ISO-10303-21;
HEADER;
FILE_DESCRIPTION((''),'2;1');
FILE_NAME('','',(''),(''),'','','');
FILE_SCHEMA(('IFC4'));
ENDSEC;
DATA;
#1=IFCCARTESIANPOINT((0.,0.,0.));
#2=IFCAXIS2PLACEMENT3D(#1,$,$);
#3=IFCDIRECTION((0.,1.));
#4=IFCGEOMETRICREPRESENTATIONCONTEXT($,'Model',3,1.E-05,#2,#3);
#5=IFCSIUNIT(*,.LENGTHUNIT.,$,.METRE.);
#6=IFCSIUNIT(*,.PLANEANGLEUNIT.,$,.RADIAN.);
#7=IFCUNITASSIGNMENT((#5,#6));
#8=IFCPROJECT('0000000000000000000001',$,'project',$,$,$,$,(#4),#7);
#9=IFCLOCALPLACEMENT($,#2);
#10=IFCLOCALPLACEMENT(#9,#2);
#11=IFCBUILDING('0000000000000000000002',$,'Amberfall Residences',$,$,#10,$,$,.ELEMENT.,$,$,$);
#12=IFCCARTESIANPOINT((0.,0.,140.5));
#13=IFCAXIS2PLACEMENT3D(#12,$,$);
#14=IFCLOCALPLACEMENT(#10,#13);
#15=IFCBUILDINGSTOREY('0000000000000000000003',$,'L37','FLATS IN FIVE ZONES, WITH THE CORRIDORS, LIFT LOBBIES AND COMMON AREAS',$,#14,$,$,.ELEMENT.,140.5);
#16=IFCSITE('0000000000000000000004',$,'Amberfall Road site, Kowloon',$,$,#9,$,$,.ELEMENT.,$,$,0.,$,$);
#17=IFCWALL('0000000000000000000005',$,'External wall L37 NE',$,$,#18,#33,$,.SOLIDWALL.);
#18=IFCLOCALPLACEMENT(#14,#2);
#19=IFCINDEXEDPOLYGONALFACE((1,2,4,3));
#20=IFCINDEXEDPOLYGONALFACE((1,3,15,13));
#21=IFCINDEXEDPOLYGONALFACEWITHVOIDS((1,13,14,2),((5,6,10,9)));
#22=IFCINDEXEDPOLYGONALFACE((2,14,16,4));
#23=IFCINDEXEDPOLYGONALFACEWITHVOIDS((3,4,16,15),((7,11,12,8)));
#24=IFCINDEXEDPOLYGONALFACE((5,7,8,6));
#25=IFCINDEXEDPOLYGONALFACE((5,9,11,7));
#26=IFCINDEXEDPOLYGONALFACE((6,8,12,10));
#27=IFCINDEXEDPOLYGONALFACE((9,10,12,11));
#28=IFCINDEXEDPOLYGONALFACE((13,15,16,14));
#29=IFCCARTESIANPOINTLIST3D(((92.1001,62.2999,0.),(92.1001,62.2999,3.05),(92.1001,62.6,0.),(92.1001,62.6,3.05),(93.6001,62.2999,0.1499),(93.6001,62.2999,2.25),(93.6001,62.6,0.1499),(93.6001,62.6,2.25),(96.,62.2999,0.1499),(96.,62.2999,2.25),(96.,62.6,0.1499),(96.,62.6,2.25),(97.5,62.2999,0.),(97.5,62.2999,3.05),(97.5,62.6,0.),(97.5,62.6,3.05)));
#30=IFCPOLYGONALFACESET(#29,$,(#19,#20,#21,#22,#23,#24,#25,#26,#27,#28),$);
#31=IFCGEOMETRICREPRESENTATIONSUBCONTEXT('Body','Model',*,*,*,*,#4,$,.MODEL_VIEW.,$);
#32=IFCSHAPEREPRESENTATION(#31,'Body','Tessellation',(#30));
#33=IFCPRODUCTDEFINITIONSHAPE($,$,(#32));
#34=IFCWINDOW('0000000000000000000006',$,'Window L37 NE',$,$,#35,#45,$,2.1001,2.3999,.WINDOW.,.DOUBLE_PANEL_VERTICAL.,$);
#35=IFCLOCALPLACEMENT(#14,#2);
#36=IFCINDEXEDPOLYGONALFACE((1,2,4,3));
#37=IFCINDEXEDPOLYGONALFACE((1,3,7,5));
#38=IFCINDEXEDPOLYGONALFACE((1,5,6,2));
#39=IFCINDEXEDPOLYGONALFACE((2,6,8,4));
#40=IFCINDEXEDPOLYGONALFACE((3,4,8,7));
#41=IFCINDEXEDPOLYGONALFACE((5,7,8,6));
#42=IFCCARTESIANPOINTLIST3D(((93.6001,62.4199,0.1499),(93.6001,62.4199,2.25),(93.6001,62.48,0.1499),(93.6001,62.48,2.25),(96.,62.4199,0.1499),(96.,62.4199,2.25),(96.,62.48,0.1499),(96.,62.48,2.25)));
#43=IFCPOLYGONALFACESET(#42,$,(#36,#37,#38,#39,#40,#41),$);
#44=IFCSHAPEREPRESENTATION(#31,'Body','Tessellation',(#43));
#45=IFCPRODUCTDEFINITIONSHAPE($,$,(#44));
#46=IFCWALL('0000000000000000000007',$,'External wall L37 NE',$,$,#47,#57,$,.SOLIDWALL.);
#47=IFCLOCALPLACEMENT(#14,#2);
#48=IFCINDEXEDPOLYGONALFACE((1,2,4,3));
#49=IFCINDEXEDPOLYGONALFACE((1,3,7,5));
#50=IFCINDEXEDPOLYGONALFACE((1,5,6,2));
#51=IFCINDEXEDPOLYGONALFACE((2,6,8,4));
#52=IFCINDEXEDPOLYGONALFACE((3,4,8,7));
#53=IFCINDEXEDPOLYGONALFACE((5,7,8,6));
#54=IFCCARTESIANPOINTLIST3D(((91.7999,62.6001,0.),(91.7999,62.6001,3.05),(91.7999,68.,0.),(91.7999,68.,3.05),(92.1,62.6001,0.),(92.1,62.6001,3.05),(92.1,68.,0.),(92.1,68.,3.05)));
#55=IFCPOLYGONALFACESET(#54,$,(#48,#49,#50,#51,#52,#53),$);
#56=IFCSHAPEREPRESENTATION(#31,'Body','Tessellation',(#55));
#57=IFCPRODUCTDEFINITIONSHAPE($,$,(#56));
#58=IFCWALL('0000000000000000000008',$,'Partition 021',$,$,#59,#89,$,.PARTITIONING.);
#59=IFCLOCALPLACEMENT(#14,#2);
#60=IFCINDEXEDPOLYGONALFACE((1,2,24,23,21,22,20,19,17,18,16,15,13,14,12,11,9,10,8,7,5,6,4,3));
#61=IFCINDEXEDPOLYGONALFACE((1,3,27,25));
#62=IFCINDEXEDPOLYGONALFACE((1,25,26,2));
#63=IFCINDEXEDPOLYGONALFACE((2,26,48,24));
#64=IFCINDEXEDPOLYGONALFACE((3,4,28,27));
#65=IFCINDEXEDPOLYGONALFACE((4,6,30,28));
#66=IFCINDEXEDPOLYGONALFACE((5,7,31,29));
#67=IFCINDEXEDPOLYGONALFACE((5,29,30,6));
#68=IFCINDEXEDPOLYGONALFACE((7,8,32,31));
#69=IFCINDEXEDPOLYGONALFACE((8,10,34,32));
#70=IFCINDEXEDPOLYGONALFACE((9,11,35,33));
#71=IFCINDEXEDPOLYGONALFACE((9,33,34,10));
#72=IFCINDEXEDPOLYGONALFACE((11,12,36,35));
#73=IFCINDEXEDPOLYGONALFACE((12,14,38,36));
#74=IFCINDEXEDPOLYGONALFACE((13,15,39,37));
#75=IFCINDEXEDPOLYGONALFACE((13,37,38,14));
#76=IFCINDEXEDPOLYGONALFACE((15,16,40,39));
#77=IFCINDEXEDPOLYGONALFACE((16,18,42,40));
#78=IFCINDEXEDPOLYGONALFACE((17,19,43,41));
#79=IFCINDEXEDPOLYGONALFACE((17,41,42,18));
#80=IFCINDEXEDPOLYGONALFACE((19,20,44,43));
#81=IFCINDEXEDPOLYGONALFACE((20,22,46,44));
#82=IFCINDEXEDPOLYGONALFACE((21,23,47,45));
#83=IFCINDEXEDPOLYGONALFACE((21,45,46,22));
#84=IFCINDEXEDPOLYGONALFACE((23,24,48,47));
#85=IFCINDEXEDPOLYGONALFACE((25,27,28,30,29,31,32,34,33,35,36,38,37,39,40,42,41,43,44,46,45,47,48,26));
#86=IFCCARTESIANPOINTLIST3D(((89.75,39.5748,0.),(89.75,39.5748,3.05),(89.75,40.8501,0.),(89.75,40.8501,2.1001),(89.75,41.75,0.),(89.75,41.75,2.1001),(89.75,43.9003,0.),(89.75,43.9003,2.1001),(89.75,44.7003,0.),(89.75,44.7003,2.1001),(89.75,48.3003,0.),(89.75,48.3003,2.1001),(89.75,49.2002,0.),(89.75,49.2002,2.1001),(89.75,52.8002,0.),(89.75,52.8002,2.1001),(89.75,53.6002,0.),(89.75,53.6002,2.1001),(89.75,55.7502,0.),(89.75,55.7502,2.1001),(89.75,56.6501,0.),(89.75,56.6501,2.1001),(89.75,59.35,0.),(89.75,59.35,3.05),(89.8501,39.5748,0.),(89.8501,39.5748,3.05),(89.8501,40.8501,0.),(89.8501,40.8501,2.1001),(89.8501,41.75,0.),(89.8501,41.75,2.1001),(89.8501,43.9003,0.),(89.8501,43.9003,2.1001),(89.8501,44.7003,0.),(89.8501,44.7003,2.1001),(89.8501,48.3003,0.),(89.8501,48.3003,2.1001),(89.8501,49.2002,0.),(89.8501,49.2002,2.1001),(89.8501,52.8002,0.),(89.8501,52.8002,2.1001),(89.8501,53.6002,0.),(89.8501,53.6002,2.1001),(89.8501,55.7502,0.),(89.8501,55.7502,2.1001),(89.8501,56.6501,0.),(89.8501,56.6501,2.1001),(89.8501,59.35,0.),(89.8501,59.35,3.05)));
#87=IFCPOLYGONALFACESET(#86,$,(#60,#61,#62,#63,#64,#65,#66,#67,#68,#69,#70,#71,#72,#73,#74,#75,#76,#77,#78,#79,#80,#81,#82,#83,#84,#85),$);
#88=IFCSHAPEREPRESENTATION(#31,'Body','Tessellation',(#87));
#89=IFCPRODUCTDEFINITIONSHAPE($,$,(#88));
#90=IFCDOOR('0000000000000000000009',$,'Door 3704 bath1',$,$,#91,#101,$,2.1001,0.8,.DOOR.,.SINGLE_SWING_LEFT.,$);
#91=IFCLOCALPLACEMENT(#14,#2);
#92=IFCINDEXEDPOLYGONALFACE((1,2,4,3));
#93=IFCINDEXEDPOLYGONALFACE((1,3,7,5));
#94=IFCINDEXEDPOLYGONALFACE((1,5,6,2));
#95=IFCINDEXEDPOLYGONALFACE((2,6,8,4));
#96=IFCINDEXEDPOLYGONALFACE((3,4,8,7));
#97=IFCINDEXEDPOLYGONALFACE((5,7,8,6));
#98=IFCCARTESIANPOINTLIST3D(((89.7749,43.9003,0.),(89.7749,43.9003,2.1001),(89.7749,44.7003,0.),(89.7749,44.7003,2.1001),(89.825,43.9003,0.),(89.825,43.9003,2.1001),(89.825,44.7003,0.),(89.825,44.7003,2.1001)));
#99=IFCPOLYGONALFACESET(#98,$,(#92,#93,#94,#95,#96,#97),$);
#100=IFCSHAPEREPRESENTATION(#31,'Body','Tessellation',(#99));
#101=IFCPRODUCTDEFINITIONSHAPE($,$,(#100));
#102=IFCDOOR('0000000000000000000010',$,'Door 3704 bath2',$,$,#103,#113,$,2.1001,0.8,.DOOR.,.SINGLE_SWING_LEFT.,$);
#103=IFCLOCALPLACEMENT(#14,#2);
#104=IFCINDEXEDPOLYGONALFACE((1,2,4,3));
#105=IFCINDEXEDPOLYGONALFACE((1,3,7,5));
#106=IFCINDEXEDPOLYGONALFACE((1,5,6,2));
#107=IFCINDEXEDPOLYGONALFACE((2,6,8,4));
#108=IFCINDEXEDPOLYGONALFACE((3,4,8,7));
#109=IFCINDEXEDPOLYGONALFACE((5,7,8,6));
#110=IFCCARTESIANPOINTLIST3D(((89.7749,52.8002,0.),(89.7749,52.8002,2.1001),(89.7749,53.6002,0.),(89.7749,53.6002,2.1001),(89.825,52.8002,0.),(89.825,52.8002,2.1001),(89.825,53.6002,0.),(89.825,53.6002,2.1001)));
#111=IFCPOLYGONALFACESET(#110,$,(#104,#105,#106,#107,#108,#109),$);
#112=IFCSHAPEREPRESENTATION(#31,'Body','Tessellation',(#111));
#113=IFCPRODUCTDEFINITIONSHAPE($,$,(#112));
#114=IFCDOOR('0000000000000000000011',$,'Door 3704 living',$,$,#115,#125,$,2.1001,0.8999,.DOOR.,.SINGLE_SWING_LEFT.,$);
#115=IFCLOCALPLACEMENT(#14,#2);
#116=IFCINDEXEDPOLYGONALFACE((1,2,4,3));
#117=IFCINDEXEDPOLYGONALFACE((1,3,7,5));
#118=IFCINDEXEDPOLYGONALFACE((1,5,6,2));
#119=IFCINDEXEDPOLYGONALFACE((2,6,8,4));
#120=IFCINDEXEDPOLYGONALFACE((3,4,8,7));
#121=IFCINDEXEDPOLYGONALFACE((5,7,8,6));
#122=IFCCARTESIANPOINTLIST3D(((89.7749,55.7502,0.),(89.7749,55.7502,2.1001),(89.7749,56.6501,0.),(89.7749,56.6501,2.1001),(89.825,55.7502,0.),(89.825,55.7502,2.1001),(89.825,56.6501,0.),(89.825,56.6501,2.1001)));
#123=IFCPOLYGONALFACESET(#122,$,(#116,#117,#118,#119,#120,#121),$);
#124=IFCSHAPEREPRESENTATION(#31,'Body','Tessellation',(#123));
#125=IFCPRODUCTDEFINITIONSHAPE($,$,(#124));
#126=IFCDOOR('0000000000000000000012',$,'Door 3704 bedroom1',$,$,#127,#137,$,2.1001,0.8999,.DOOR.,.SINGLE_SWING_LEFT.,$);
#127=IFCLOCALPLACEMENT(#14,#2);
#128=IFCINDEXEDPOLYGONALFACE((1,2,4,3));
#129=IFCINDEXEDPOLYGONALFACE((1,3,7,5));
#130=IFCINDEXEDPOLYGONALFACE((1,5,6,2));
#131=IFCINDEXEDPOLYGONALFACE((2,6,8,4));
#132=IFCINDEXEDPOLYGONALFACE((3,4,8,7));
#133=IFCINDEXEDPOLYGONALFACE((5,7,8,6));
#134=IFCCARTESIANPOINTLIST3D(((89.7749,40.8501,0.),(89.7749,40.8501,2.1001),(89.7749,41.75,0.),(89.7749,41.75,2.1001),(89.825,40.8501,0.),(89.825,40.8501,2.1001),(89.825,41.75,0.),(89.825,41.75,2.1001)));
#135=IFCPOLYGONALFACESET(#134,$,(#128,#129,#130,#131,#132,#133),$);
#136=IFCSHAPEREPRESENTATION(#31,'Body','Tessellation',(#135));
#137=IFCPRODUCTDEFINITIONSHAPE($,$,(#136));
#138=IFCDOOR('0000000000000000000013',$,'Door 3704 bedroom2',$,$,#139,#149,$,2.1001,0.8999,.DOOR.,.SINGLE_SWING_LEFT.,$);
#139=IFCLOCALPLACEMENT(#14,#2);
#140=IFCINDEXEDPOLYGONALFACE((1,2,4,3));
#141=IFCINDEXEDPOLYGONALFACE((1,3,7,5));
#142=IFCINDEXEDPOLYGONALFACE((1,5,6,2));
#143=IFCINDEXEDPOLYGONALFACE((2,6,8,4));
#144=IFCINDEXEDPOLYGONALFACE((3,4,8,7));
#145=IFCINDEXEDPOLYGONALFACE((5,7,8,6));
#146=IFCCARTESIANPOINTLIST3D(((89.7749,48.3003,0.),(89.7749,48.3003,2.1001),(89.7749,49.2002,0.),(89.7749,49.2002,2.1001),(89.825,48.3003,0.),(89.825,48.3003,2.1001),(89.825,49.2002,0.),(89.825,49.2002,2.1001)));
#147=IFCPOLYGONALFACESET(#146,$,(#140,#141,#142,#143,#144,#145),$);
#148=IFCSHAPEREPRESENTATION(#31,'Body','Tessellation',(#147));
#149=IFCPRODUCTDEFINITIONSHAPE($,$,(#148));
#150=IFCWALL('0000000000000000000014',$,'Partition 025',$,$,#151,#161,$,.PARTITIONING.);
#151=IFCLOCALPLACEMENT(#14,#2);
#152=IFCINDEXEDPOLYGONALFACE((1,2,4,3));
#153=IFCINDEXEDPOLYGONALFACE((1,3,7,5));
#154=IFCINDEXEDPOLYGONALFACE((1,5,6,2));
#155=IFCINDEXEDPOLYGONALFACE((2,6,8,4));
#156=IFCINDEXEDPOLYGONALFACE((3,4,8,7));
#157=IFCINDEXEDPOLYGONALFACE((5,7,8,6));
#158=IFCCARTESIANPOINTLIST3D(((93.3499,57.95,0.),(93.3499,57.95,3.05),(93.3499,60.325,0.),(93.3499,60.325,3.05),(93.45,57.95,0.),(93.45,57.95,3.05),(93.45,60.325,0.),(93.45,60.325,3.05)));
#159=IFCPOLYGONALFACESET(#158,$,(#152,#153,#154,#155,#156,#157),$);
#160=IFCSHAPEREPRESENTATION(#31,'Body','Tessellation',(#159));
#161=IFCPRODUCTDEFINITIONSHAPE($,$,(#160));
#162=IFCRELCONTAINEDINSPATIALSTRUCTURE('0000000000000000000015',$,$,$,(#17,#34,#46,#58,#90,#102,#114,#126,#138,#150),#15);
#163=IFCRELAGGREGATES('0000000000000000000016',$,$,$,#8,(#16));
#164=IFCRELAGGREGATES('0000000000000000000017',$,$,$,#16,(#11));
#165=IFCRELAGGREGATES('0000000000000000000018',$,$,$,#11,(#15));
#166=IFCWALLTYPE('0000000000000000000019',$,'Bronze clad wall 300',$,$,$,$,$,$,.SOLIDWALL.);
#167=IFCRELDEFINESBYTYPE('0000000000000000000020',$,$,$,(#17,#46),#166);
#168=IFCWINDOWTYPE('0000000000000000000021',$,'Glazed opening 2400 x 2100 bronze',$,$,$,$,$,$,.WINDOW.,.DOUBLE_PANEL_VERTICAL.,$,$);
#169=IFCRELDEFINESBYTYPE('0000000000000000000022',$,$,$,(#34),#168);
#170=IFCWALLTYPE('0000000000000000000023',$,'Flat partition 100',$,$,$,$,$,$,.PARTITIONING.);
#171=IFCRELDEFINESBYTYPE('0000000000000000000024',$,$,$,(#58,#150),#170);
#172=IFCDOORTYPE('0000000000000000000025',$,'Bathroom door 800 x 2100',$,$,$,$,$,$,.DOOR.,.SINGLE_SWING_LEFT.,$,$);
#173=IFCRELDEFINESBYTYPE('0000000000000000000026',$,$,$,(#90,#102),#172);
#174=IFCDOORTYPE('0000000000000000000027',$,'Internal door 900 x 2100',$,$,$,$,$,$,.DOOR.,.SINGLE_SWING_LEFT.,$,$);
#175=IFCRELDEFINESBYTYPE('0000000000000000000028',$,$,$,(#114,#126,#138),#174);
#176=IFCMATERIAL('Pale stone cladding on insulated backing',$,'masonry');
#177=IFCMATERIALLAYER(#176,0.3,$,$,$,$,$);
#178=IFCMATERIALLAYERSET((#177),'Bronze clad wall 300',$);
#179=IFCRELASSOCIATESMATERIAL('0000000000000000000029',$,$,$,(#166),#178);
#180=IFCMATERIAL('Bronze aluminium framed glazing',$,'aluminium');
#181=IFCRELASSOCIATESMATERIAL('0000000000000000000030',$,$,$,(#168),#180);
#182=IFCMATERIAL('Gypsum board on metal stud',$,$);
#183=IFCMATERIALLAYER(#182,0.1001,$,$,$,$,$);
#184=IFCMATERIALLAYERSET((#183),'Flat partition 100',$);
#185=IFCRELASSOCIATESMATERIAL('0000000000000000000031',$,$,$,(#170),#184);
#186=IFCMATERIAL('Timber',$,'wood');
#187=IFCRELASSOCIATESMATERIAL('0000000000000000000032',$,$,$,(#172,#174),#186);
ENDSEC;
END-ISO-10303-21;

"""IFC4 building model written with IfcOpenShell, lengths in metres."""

from ifc_helpers import new_model, si_unit, direction, frame, frame_2d, origin, place, context, subcontext, project, spatial, rectangle, extrude, material, layer, layer_set, type_object, element, fill, save


model = new_model("IFC4")

# Units and contexts
model_context = context("Model", 3, precision=1e-05, world=origin(), true_north=direction((0.0, 1.0)))
body_context = subcontext(model_context, "Body", "Model", "MODEL_VIEW")
ifc_project = project(units=[si_unit("LENGTHUNIT", "METRE"), si_unit("PLANEANGLEUNIT", "RADIAN")], contexts=[model_context])

# Site, building, storey
site_placement = place(None, origin())
site = spatial("IfcSite", under=ifc_project, at=site_placement, Name="Amberfall Road site, Kowloon", CompositionType="ELEMENT", RefElevation=0.0)
building_placement = place(site_placement, origin())
building = spatial("IfcBuilding", under=site, at=building_placement, Name="Amberfall Residences", CompositionType="ELEMENT")
storey_placement = place(building_placement, frame((0.0, 0.0, 140.5)))
storey = spatial("IfcBuildingStorey", under=building, at=storey_placement, Name="L37", Description="FLATS IN FIVE ZONES, WITH THE CORRIDORS, LIFT LOBBIES AND COMMON AREAS", CompositionType="ELEMENT", Elevation=140.5)

# Wall, opening, window
ifc_material_1 = material(Name="Pale stone cladding on insulated backing", Category="masonry")
ifc_layer_1 = layer(ifc_material_1, 0.3)
ifc_layer_set_1 = layer_set([ifc_layer_1], Name="Bronze clad wall 300")
wall_type_1 = type_object("IfcWallType", Name="Bronze clad wall 300", PredefinedType="SOLIDWALL", material=ifc_layer_set_1)
wall_1_placement = place(storey_placement, frame((97.5, 62.45, 0.0), z_axis=(0.0, 0.0, 1.0), x_axis=(-1.0, 0.0, 0.0)))
wall_1 = element("IfcWall", 1, at=wall_1_placement, inside=storey, type_object=wall_type_1, Name="External wall L37 NE", PredefinedType="SOLIDWALL", context=body_context, shape_type="SweptSolid", body=[
    extrude(rectangle(XDim=5.3999, YDim=0.3, at=frame_2d((2.7, 0.0))), origin(), (0.0, 0.0, 1.0), 3.05),
])
opening_1_placement = place(wall_1_placement, frame((1.5, 0.0, 0.1499)))
opening_1 = element("IfcOpeningElement", 2, at=opening_1_placement, cuts=wall_1, PredefinedType="OPENING", context=body_context, shape_type="SweptSolid", body=[
    extrude(rectangle(XDim=2.3999, YDim=2.1001, at=frame_2d((1.2, 1.05))), frame((0.0, 0.1599, 0.0), z_axis=(0.0, -1.0, 0.0), x_axis=(1.0, 0.0, 0.0)), (0.0, 0.0, 1.0), 0.3201),
])
ifc_material_2 = material(Name="Bronze aluminium framed glazing", Category="aluminium")
window_type = type_object("IfcWindowType", Name="Glazed opening 2400 x 2100 bronze", PartitioningType="DOUBLE_PANEL_VERTICAL", PredefinedType="WINDOW", material=ifc_material_2)
window_placement = place(opening_1_placement, origin())
window = element("IfcWindow", 3, at=window_placement, inside=storey, type_object=window_type, Name="Window L37 NE", OverallHeight=2.1001, OverallWidth=2.3999, PartitioningType="DOUBLE_PANEL_VERTICAL", PredefinedType="WINDOW", context=body_context, shape_type="SweptSolid", body=[
    extrude(rectangle(XDim=2.3999, YDim=2.1001, at=frame_2d((1.2, 1.05))), frame((0.0, 0.03, 0.0), z_axis=(0.0, -1.0, 0.0), x_axis=(1.0, 0.0, 0.0)), (0.0, 0.0, 1.0), 0.0601),
])
fill(opening_1, window)

# Wall
wall_2_placement = place(storey_placement, frame((91.95, 62.6001, 0.0), z_axis=(0.0, 0.0, 1.0), x_axis=(0.0, 1.0, 0.0)))
element("IfcWall", 4, at=wall_2_placement, inside=storey, type_object=wall_type_1, Name="External wall L37 NE", PredefinedType="SOLIDWALL", context=body_context, shape_type="SweptSolid", body=[
    extrude(rectangle(XDim=5.3999, YDim=0.3, at=frame_2d((2.7, 0.0))), origin(), (0.0, 0.0, 1.0), 3.05),
])

# Wall, openings, doors
ifc_material_3 = material(Name="Gypsum board on metal stud")
ifc_layer_2 = layer(ifc_material_3, 0.1001)
ifc_layer_set_2 = layer_set([ifc_layer_2], Name="Flat partition 100")
wall_type_2 = type_object("IfcWallType", Name="Flat partition 100", PredefinedType="PARTITIONING", material=ifc_layer_set_2)
wall_3_placement = place(storey_placement, frame((89.8, 59.3501, 0.0), z_axis=(0.0, 0.0, 1.0), x_axis=(0.0, -1.0, 0.0)))
wall_3 = element("IfcWall", 5, at=wall_3_placement, inside=storey, type_object=wall_type_2, Name="Partition 021", PredefinedType="PARTITIONING", context=body_context, shape_type="SweptSolid", body=[
    extrude(rectangle(XDim=19.7751, YDim=0.1001, at=frame_2d((9.8877, 0.0))), origin(), (0.0, 0.0, 1.0), 3.05),
])
opening_2_placement = place(wall_3_placement, frame((2.7, 0.0, 0.0)))
opening_2 = element("IfcOpeningElement", 6, at=opening_2_placement, cuts=wall_3, PredefinedType="OPENING", context=body_context, shape_type="SweptSolid", body=[
    extrude(rectangle(XDim=0.8999, YDim=2.1001, at=frame_2d((0.45, 1.05))), frame((0.0, 0.0601, 0.0), z_axis=(0.0, -1.0, 0.0), x_axis=(1.0, 0.0, 0.0)), (0.0, 0.0, 1.0), 0.1201),
])
opening_3_placement = place(wall_3_placement, frame((17.6001, 0.0, 0.0)))
opening_3 = element("IfcOpeningElement", 7, at=opening_3_placement, cuts=wall_3, PredefinedType="OPENING", context=body_context, shape_type="SweptSolid", body=[
    extrude(rectangle(XDim=0.8999, YDim=2.1001, at=frame_2d((0.45, 1.05))), frame((0.0, 0.0601, 0.0), z_axis=(0.0, -1.0, 0.0), x_axis=(1.0, 0.0, 0.0)), (0.0, 0.0, 1.0), 0.1201),
])
opening_4_placement = place(wall_3_placement, frame((10.1499, 0.0, 0.0)))
opening_4 = element("IfcOpeningElement", 8, at=opening_4_placement, cuts=wall_3, PredefinedType="OPENING", context=body_context, shape_type="SweptSolid", body=[
    extrude(rectangle(XDim=0.8999, YDim=2.1001, at=frame_2d((0.45, 1.05))), frame((0.0, 0.0601, 0.0), z_axis=(0.0, -1.0, 0.0), x_axis=(1.0, 0.0, 0.0)), (0.0, 0.0, 1.0), 0.1201),
])
opening_5_placement = place(wall_3_placement, frame((14.6499, 0.0, 0.0)))
opening_5 = element("IfcOpeningElement", 9, at=opening_5_placement, cuts=wall_3, PredefinedType="OPENING", context=body_context, shape_type="SweptSolid", body=[
    extrude(rectangle(XDim=0.8, YDim=2.1001, at=frame_2d((0.3999, 1.05))), frame((0.0, 0.0601, 0.0), z_axis=(0.0, -1.0, 0.0), x_axis=(1.0, 0.0, 0.0)), (0.0, 0.0, 1.0), 0.1201),
])
opening_6_placement = place(wall_3_placement, frame((5.75, 0.0, 0.0)))
opening_6 = element("IfcOpeningElement", 10, at=opening_6_placement, cuts=wall_3, PredefinedType="OPENING", context=body_context, shape_type="SweptSolid", body=[
    extrude(rectangle(XDim=0.8, YDim=2.1001, at=frame_2d((0.3999, 1.05))), frame((0.0, 0.0601, 0.0), z_axis=(0.0, -1.0, 0.0), x_axis=(1.0, 0.0, 0.0)), (0.0, 0.0, 1.0), 0.1201),
])
ifc_material_4 = material(Name="Timber", Category="wood")
door_type_1 = type_object("IfcDoorType", Name="Bathroom door 800 x 2100", OperationType="SINGLE_SWING_LEFT", PredefinedType="DOOR", material=ifc_material_4)
door_1_placement = place(opening_5_placement, origin())
door_1 = element("IfcDoor", 11, at=door_1_placement, inside=storey, type_object=door_type_1, Name="Door 3704 bath1", OperationType="SINGLE_SWING_LEFT", OverallHeight=2.1001, OverallWidth=0.8, PredefinedType="DOOR", context=body_context, shape_type="SweptSolid", body=[
    extrude(rectangle(XDim=0.8, YDim=2.1001, at=frame_2d((0.3999, 1.05))), frame((0.0, 0.0249, 0.0), z_axis=(0.0, -1.0, 0.0), x_axis=(1.0, 0.0, 0.0)), (0.0, 0.0, 1.0), 0.05),
])
fill(opening_5, door_1)
door_2_placement = place(opening_6_placement, origin())
door_2 = element("IfcDoor", 12, at=door_2_placement, inside=storey, type_object=door_type_1, Name="Door 3704 bath2", OperationType="SINGLE_SWING_LEFT", OverallHeight=2.1001, OverallWidth=0.8, PredefinedType="DOOR", context=body_context, shape_type="SweptSolid", body=[
    extrude(rectangle(XDim=0.8, YDim=2.1001, at=frame_2d((0.3999, 1.05))), frame((0.0, 0.0249, 0.0), z_axis=(0.0, -1.0, 0.0), x_axis=(1.0, 0.0, 0.0)), (0.0, 0.0, 1.0), 0.05),
])
fill(opening_6, door_2)
door_type_2 = type_object("IfcDoorType", Name="Internal door 900 x 2100", OperationType="SINGLE_SWING_LEFT", PredefinedType="DOOR", material=ifc_material_4)
door_3_placement = place(opening_2_placement, origin())
door_3 = element("IfcDoor", 13, at=door_3_placement, inside=storey, type_object=door_type_2, Name="Door 3704 living", OperationType="SINGLE_SWING_LEFT", OverallHeight=2.1001, OverallWidth=0.8999, PredefinedType="DOOR", context=body_context, shape_type="SweptSolid", body=[
    extrude(rectangle(XDim=0.8999, YDim=2.1001, at=frame_2d((0.45, 1.05))), frame((0.0, 0.0249, 0.0), z_axis=(0.0, -1.0, 0.0), x_axis=(1.0, 0.0, 0.0)), (0.0, 0.0, 1.0), 0.05),
])
fill(opening_2, door_3)
door_4_placement = place(opening_3_placement, origin())
door_4 = element("IfcDoor", 14, at=door_4_placement, inside=storey, type_object=door_type_2, Name="Door 3704 bedroom1", OperationType="SINGLE_SWING_LEFT", OverallHeight=2.1001, OverallWidth=0.8999, PredefinedType="DOOR", context=body_context, shape_type="SweptSolid", body=[
    extrude(rectangle(XDim=0.8999, YDim=2.1001, at=frame_2d((0.45, 1.05))), frame((0.0, 0.0249, 0.0), z_axis=(0.0, -1.0, 0.0), x_axis=(1.0, 0.0, 0.0)), (0.0, 0.0, 1.0), 0.05),
])
fill(opening_3, door_4)
door_5_placement = place(opening_4_placement, origin())
door_5 = element("IfcDoor", 15, at=door_5_placement, inside=storey, type_object=door_type_2, Name="Door 3704 bedroom2", OperationType="SINGLE_SWING_LEFT", OverallHeight=2.1001, OverallWidth=0.8999, PredefinedType="DOOR", context=body_context, shape_type="SweptSolid", body=[
    extrude(rectangle(XDim=0.8999, YDim=2.1001, at=frame_2d((0.45, 1.05))), frame((0.0, 0.0249, 0.0), z_axis=(0.0, -1.0, 0.0), x_axis=(1.0, 0.0, 0.0)), (0.0, 0.0, 1.0), 0.05),
])
fill(opening_4, door_5)

# Wall
wall_4_placement = place(storey_placement, frame((93.3999, 57.95, 0.0), z_axis=(0.0, 0.0, 1.0), x_axis=(0.0, 1.0, 0.0)))
element("IfcWall", 16, at=wall_4_placement, inside=storey, type_object=wall_type_2, Name="Partition 025", PredefinedType="PARTITIONING", context=body_context, shape_type="SweptSolid", body=[
    extrude(rectangle(XDim=2.375, YDim=0.1001, at=frame_2d((1.1875, 0.0))), origin(), (0.0, 0.0, 1.0), 3.05),
])

save(model, "model.ifc")
